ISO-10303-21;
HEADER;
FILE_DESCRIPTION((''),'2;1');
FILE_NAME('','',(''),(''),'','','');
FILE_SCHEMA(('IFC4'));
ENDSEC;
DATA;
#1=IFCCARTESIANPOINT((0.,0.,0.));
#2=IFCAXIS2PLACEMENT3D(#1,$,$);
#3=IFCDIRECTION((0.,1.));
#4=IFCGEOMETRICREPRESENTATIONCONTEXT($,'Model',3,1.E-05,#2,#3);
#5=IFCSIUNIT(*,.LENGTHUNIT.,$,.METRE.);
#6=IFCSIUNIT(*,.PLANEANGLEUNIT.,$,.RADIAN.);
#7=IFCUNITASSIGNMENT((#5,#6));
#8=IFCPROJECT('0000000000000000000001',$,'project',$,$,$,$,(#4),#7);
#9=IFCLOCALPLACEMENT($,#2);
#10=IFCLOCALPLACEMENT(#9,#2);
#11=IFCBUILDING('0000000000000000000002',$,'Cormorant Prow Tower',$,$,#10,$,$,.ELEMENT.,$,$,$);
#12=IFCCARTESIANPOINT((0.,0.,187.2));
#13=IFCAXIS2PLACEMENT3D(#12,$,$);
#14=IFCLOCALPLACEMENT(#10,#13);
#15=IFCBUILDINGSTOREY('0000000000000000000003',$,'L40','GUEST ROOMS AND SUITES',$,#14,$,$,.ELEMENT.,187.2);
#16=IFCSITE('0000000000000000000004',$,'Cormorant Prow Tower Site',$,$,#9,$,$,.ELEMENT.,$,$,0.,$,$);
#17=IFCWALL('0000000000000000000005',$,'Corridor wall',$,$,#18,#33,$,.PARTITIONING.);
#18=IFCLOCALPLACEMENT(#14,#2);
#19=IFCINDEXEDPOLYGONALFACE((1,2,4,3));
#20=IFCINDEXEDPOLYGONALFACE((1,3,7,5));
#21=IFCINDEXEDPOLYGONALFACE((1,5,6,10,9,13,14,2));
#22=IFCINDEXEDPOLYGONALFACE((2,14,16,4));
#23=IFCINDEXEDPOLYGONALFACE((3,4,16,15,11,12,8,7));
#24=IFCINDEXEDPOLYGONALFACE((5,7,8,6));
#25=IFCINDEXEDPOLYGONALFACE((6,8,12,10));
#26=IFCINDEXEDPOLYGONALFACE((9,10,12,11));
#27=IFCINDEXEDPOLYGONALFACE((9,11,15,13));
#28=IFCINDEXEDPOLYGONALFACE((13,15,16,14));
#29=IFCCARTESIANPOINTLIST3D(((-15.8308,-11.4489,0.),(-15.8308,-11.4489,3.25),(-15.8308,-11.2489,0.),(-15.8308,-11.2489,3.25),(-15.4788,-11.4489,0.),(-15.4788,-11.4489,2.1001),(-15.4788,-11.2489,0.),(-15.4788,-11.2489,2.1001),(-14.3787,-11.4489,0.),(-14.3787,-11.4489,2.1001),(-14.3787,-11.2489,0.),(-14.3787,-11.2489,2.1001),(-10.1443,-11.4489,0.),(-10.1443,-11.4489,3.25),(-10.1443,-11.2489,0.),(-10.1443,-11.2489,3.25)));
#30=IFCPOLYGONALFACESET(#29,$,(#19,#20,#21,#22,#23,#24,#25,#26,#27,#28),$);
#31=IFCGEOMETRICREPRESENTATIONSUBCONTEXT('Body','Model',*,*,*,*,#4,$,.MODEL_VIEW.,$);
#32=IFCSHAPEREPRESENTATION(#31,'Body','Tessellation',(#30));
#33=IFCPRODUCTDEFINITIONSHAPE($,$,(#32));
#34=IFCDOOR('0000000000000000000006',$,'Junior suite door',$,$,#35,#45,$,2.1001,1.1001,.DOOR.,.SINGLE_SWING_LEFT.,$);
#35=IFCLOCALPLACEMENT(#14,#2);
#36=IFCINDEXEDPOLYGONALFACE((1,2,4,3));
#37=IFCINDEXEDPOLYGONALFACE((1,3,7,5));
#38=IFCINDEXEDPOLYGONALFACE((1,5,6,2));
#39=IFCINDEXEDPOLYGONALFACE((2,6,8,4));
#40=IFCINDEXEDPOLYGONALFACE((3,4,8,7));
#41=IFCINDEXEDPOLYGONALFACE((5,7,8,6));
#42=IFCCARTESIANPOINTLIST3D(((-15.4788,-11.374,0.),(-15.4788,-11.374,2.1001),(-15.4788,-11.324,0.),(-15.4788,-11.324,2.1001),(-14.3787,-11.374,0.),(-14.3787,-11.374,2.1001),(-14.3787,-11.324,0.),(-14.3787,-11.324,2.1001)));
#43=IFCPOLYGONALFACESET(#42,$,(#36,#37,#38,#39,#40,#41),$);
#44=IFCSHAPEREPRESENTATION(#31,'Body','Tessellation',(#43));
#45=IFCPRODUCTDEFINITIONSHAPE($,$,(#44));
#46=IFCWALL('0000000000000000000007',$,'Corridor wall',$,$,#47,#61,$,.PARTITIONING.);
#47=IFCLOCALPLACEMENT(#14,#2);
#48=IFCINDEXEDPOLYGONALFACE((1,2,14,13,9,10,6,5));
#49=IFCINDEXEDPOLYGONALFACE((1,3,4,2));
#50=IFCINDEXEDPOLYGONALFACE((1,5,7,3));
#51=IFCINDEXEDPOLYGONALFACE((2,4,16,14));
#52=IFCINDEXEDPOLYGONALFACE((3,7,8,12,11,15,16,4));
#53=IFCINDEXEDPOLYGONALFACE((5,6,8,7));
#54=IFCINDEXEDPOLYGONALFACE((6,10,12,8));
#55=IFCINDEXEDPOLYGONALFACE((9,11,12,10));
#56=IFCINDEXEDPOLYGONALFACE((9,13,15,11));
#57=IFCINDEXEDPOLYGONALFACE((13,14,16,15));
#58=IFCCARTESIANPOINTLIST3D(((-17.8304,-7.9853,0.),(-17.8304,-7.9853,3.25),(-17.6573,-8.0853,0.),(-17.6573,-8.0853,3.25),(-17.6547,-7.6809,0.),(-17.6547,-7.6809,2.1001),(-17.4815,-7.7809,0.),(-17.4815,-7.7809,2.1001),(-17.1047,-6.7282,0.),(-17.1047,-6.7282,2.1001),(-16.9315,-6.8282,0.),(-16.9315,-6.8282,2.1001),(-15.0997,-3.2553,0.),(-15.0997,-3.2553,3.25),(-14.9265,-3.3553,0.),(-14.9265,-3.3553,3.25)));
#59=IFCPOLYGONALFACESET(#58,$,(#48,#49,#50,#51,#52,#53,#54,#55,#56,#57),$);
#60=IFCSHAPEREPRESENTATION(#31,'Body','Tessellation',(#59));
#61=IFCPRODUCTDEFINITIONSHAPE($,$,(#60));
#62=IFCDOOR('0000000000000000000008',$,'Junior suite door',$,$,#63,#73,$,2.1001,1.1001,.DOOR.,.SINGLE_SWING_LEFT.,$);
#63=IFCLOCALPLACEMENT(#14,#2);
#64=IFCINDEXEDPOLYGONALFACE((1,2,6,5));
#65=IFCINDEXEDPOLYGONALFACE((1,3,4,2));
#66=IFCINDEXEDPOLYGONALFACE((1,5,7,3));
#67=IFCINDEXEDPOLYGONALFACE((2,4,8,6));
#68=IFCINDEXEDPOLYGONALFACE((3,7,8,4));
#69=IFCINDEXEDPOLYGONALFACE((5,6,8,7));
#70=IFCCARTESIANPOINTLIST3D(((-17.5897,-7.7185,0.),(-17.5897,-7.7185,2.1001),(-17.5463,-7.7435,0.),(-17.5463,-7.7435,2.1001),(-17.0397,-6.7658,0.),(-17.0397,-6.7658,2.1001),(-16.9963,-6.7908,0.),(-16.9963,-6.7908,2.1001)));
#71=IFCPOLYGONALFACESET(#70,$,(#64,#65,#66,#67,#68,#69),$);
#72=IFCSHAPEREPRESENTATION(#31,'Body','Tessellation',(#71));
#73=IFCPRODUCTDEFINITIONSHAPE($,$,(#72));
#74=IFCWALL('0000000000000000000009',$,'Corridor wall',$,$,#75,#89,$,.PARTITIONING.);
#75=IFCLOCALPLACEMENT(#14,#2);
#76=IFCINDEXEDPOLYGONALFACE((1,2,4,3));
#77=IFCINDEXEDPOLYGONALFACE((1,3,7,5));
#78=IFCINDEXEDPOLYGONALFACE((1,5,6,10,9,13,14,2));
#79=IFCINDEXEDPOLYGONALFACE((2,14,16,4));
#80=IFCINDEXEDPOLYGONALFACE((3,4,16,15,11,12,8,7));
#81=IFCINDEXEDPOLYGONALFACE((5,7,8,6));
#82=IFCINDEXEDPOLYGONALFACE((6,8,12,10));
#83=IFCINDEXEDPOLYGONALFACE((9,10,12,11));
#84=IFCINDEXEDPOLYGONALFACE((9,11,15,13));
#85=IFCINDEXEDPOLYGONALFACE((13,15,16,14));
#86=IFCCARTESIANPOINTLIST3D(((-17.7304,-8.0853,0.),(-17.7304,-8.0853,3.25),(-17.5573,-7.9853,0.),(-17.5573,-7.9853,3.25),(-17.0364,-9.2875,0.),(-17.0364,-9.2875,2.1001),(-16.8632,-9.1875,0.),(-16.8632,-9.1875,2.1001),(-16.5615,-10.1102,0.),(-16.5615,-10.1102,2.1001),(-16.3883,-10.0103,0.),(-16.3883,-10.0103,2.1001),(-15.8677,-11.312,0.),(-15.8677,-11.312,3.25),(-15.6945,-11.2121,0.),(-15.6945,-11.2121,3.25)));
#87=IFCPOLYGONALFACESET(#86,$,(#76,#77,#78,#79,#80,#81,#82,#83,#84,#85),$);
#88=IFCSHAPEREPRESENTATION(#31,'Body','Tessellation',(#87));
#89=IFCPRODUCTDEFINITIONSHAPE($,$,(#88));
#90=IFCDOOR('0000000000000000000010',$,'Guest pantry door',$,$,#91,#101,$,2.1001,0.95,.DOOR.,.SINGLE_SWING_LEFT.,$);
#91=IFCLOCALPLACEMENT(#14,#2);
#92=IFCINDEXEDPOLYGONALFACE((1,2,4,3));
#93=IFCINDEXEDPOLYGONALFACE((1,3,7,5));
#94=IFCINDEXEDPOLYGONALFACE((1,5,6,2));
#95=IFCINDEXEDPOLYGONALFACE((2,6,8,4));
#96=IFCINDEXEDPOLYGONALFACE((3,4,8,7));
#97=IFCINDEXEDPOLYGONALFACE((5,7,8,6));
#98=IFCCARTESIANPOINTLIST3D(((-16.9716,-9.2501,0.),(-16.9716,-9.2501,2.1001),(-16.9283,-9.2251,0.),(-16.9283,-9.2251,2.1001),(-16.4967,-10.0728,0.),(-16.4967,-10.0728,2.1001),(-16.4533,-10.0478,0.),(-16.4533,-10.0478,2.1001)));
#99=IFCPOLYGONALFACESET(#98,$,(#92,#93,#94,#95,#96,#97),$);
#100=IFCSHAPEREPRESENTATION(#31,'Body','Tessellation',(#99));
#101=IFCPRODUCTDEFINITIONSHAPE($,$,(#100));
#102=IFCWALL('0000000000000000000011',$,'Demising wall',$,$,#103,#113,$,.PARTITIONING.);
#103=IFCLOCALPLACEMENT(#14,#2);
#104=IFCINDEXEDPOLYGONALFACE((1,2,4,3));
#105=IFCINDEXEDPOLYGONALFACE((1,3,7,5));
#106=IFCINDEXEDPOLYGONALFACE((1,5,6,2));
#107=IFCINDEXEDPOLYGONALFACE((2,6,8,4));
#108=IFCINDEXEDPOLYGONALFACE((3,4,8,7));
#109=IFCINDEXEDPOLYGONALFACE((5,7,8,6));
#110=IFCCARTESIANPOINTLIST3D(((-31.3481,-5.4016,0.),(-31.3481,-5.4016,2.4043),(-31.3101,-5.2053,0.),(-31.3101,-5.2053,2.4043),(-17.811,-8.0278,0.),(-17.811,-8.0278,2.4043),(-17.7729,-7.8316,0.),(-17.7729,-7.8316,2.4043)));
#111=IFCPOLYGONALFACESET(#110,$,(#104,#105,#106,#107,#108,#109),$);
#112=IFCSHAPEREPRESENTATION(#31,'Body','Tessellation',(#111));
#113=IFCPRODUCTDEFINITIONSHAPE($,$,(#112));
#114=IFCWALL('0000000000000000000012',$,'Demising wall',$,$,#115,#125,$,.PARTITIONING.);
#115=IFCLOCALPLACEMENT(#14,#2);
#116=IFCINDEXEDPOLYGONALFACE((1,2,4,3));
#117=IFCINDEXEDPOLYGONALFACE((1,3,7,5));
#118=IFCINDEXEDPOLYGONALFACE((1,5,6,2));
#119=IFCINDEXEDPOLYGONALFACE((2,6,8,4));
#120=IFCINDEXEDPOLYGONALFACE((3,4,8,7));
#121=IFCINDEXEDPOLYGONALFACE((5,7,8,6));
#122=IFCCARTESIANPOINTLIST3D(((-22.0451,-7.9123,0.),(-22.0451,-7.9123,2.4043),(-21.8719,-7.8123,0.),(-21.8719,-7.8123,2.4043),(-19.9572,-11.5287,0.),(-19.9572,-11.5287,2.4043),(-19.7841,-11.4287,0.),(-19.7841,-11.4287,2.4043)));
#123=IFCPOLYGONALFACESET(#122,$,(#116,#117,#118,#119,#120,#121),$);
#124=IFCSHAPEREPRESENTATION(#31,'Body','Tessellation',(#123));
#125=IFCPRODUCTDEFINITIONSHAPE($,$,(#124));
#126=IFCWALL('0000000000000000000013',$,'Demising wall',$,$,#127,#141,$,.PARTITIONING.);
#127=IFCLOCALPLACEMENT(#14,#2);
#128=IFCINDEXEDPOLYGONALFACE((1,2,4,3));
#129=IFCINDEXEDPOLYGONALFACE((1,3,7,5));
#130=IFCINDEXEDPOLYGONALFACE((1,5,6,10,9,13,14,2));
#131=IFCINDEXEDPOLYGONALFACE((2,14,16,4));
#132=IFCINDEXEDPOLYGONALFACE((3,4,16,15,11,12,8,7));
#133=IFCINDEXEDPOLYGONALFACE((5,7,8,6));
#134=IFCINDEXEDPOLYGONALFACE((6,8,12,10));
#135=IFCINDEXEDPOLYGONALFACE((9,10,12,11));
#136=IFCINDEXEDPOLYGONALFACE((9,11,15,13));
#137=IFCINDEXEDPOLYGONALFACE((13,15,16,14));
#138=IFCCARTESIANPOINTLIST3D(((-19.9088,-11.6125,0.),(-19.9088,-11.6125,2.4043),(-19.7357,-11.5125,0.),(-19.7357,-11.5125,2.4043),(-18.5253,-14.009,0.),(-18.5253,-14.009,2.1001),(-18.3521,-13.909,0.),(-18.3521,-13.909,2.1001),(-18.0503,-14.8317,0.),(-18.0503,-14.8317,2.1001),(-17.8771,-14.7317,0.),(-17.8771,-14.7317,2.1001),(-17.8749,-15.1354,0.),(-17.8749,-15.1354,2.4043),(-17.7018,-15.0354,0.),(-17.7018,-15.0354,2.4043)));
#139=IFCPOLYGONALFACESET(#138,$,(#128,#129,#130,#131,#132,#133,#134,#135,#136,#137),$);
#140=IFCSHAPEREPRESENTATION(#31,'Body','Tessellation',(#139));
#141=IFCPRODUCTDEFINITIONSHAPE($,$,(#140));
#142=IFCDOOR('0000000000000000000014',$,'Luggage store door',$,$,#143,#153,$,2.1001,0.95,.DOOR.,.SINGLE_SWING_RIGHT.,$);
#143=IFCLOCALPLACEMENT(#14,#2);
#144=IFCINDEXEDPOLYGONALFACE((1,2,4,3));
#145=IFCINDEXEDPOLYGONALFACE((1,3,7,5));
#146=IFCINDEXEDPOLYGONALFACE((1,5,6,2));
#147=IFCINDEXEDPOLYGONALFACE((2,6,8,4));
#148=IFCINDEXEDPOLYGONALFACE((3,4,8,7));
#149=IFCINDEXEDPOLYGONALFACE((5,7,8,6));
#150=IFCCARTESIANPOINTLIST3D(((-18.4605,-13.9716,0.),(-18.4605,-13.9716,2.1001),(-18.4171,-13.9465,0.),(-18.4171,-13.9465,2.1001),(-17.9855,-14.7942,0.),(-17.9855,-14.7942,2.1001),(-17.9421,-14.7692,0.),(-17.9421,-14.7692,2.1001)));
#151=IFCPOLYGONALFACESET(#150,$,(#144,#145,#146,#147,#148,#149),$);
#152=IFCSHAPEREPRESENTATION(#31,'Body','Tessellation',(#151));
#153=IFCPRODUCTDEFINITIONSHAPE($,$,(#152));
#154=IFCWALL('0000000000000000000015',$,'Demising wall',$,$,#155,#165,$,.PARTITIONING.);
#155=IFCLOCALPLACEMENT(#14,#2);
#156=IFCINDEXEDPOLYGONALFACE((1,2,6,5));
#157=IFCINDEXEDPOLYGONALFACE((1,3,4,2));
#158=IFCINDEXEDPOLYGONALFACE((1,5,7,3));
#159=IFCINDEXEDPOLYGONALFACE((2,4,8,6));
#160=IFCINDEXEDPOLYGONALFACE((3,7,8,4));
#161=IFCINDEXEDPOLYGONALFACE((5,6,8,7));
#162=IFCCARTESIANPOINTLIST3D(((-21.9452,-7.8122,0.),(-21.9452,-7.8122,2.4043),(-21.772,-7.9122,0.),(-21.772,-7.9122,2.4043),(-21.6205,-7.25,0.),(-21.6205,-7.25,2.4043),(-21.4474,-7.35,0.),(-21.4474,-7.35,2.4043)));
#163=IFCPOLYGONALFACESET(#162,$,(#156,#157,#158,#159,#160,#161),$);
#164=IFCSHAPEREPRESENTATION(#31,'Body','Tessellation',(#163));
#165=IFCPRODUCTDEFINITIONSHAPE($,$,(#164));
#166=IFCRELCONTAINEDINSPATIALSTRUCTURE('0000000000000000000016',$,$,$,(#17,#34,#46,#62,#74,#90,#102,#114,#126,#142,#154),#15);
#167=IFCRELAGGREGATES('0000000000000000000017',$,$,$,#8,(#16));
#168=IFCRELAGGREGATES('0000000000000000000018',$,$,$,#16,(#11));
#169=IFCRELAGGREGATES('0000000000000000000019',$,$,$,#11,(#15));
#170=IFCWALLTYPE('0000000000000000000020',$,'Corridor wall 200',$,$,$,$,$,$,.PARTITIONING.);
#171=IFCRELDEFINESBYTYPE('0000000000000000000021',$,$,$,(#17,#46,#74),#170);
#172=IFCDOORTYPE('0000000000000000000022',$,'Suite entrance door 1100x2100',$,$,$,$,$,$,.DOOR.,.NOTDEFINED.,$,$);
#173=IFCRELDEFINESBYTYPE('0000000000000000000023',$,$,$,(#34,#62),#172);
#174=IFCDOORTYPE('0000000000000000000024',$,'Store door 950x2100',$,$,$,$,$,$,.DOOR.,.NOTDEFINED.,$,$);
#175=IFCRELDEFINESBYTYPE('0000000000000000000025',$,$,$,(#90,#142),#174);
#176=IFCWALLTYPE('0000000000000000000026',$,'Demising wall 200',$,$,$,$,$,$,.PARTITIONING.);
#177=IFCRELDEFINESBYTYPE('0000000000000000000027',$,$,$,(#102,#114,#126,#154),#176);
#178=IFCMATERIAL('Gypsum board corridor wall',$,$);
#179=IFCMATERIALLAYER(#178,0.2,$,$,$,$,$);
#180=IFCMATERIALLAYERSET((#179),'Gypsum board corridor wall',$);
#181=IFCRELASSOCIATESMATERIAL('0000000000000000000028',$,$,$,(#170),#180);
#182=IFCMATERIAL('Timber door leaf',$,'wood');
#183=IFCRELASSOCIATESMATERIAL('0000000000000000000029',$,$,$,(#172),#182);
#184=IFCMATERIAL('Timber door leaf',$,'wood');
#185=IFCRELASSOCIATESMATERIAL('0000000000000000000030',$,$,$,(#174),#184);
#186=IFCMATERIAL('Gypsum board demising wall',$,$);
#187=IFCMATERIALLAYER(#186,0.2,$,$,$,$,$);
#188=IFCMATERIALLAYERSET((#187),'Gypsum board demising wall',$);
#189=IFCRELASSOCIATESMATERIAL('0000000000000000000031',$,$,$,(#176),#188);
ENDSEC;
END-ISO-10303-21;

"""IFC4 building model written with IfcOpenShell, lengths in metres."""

from ifc_helpers import new_model, si_unit, direction, frame, frame_2d, origin, place, context, subcontext, project, spatial, rectangle, extrude, material, layer, layer_set, type_object, element, fill, save


model = new_model("IFC4")

# Units and contexts
model_context = context("Model", 3, precision=1e-05, world=origin(), true_north=direction((0.0, 1.0)))
body_context = subcontext(model_context, "Body", "Model", "MODEL_VIEW")
ifc_project = project(units=[si_unit("LENGTHUNIT", "METRE"), si_unit("PLANEANGLEUNIT", "RADIAN")], contexts=[model_context])

# Site, building, storey
site_placement = place(None, origin())
site = spatial("IfcSite", under=ifc_project, at=site_placement, Name="Cormorant Prow Tower Site", CompositionType="ELEMENT", RefElevation=0.0)
building_placement = place(site_placement, origin())
building = spatial("IfcBuilding", under=site, at=building_placement, Name="Cormorant Prow Tower", CompositionType="ELEMENT")
storey_placement = place(building_placement, frame((0.0, 0.0, 187.2)))
storey = spatial("IfcBuildingStorey", under=building, at=storey_placement, Name="L40", Description="GUEST ROOMS AND SUITES", CompositionType="ELEMENT", Elevation=187.2)

# Walls, openings, doors
ifc_material_1 = material(Name="Gypsum board corridor wall")
ifc_layer_1 = layer(ifc_material_1, 0.2)
ifc_layer_set_1 = layer_set([ifc_layer_1], Name="Gypsum board corridor wall")
wall_type_1 = type_object("IfcWallType", Name="Corridor wall 200", PredefinedType="PARTITIONING", material=ifc_layer_set_1)
wall_1_placement = place(storey_placement, frame((-15.8308, -11.3489, 0.0), z_axis=(0.0, 0.0, 1.0), x_axis=(1.0, 0.0, 0.0)))
wall_1 = element("IfcWall", 1, at=wall_1_placement, inside=storey, type_object=wall_type_1, Name="Corridor wall", PredefinedType="PARTITIONING", context=body_context, shape_type="SweptSolid", body=[
    extrude(rectangle(XDim=5.6865, YDim=0.2, at=frame_2d((2.8433, 0.0))), origin(), (0.0, 0.0, 1.0), 3.25),
])
opening_1_placement = place(wall_1_placement, frame((0.3521, 0.0, 0.0)))
opening_1 = element("IfcOpeningElement", 2, at=opening_1_placement, cuts=wall_1, PredefinedType="OPENING", context=body_context, shape_type="SweptSolid", body=[
    extrude(rectangle(XDim=1.1001, YDim=2.1001, at=frame_2d((0.55, 1.05))), frame((0.0, 0.1099, 0.0), z_axis=(0.0, -1.0, 0.0), x_axis=(1.0, 0.0, 0.0)), (0.0, 0.0, 1.0), 0.22),
])
ifc_material_2 = material(Name="Timber door leaf", Category="wood")
door_type_1 = type_object("IfcDoorType", Name="Suite entrance door 1100x2100", OperationType="NOTDEFINED", PredefinedType="DOOR", material=ifc_material_2)
door_1_placement = place(opening_1_placement, origin())
door_1 = element("IfcDoor", 3, at=door_1_placement, inside=storey, type_object=door_type_1, Name="Junior suite door", OperationType="SINGLE_SWING_LEFT", OverallHeight=2.1001, OverallWidth=1.1001, PredefinedType="DOOR", context=body_context, shape_type="SweptSolid", body=[
    extrude(rectangle(XDim=1.1001, YDim=2.1001, at=frame_2d((0.55, 1.05))), frame((0.0, 0.0249, 0.0), z_axis=(0.0, -1.0, 0.0), x_axis=(1.0, 0.0, 0.0)), (0.0, 0.0, 1.0), 0.05),
])
fill(opening_1, door_1)
wall_2_placement = place(storey_placement, frame((-17.7439, -8.0354, 0.0), z_axis=(0.0, 0.0, 1.0), x_axis=(0.49998, 0.866037, 0.0)))
wall_2 = element("IfcWall", 4, at=wall_2_placement, inside=storey, type_object=wall_type_1, Name="Corridor wall", PredefinedType="PARTITIONING", context=body_context, shape_type="SweptSolid", body=[
    extrude(rectangle(XDim=5.4617, YDim=0.2, at=frame_2d((2.731, 0.0))), origin(), (0.0, 0.0, 1.0), 3.25),
])
opening_2_placement = place(wall_2_placement, frame((0.3516, 0.0, 0.0)))
opening_2 = element("IfcOpeningElement", 5, at=opening_2_placement, cuts=wall_2, PredefinedType="OPENING", context=body_context, shape_type="SweptSolid", body=[
    extrude(rectangle(XDim=1.1001, YDim=2.1001, at=frame_2d((0.55, 1.05))), frame((0.0, 0.1099, 0.0), z_axis=(0.0, -1.0, 0.0), x_axis=(1.0, 0.0, 0.0)), (0.0, 0.0, 1.0), 0.22),
])
door_2_placement = place(opening_2_placement, origin())
door_2 = element("IfcDoor", 6, at=door_2_placement, inside=storey, type_object=door_type_1, Name="Junior suite door", OperationType="SINGLE_SWING_LEFT", OverallHeight=2.1001, OverallWidth=1.1001, PredefinedType="DOOR", context=body_context, shape_type="SweptSolid", body=[
    extrude(rectangle(XDim=1.1001, YDim=2.1001, at=frame_2d((0.55, 1.05))), frame((0.0, 0.0249, 0.0), z_axis=(0.0, -1.0, 0.0), x_axis=(1.0, 0.0, 0.0)), (0.0, 0.0, 1.0), 0.05),
])
fill(opening_2, door_2)
wall_3_placement = place(storey_placement, frame((-17.6438, -8.0354, 0.0), z_axis=(0.0, 0.0, 1.0), x_axis=(0.499959, -0.866049, 0.0)))
wall_3 = element("IfcWall", 7, at=wall_3_placement, inside=storey, type_object=wall_type_1, Name="Corridor wall", PredefinedType="PARTITIONING", context=body_context, shape_type="SweptSolid", body=[
    extrude(rectangle(XDim=3.7258, YDim=0.2, at=frame_2d((1.8628, 0.0))), origin(), (0.0, 0.0, 1.0), 3.25),
])
opening_3_placement = place(wall_3_placement, frame((1.3879, 0.0, 0.0)))
opening_3 = element("IfcOpeningElement", 8, at=opening_3_placement, cuts=wall_3, PredefinedType="OPENING", context=body_context, shape_type="SweptSolid", body=[
    extrude(rectangle(XDim=0.95, YDim=2.1001, at=frame_2d((0.4751, 1.05))), frame((0.0, 0.1099, 0.0), z_axis=(0.0, -1.0, 0.0), x_axis=(1.0, 0.0, 0.0)), (0.0, 0.0, 1.0), 0.22),
])
ifc_material_3 = material(Name="Timber door leaf", Category="wood")
door_type_2 = type_object("IfcDoorType", Name="Store door 950x2100", OperationType="NOTDEFINED", PredefinedType="DOOR", material=ifc_material_3)
door_3_placement = place(opening_3_placement, origin())
door_3 = element("IfcDoor", 9, at=door_3_placement, inside=storey, type_object=door_type_2, Name="Guest pantry door", OperationType="SINGLE_SWING_LEFT", OverallHeight=2.1001, OverallWidth=0.95, PredefinedType="DOOR", context=body_context, shape_type="SweptSolid", body=[
    extrude(rectangle(XDim=0.95, YDim=2.1001, at=frame_2d((0.4751, 1.05))), frame((0.0, 0.0249, 0.0), z_axis=(0.0, -1.0, 0.0), x_axis=(1.0, 0.0, 0.0)), (0.0, 0.0, 1.0), 0.05),
])
fill(opening_3, door_3)

# Walls
ifc_material_4 = material(Name="Gypsum board demising wall")
ifc_layer_2 = layer(ifc_material_4, 0.2)
ifc_layer_set_2 = layer_set([ifc_layer_2], Name="Gypsum board demising wall")
wall_type_2 = type_object("IfcWallType", Name="Demising wall 200", PredefinedType="PARTITIONING", material=ifc_layer_set_2)
wall_4_placement = place(storey_placement, frame((-31.3291, -5.3035, 0.0), z_axis=(0.0, 0.0, 1.0), x_axis=(0.981697, -0.190451, 0.0)))
element("IfcWall", 10, at=wall_4_placement, inside=storey, type_object=wall_type_2, Name="Demising wall", PredefinedType="PARTITIONING", context=body_context, shape_type="SweptSolid", body=[
    extrude(rectangle(XDim=13.7896, YDim=0.2, at=frame_2d((6.8948, 0.0))), origin(), (0.0, 0.0, 1.0), 2.4043),
])
wall_5_placement = place(storey_placement, frame((-21.9585, -7.8623, 0.0), z_axis=(0.0, 0.0, 1.0), x_axis=(0.499987, -0.866033, 0.0)))
element("IfcWall", 11, at=wall_5_placement, inside=storey, type_object=wall_type_2, Name="Demising wall", PredefinedType="PARTITIONING", context=body_context, shape_type="SweptSolid", body=[
    extrude(rectangle(XDim=4.1758, YDim=0.2, at=frame_2d((2.0879, 0.0))), origin(), (0.0, 0.0, 1.0), 2.4043),
])

# Wall, opening, door
wall_6_placement = place(storey_placement, frame((-19.8223, -11.5625, 0.0), z_axis=(0.0, 0.0, 1.0), x_axis=(0.499993, -0.86603, 0.0)))
wall_6 = element("IfcWall", 12, at=wall_6_placement, inside=storey, type_object=wall_type_2, Name="Demising wall", PredefinedType="PARTITIONING", context=body_context, shape_type="SweptSolid", body=[
    extrude(rectangle(XDim=4.0679, YDim=0.2, at=frame_2d((2.0339, 0.0))), origin(), (0.0, 0.0, 1.0), 2.4043),
])
opening_4_placement = place(wall_6_placement, frame((2.7671, 0.0, 0.0)))
opening_4 = element("IfcOpeningElement", 13, at=opening_4_placement, cuts=wall_6, PredefinedType="OPENING", context=body_context, shape_type="SweptSolid", body=[
    extrude(rectangle(XDim=0.95, YDim=2.1001, at=frame_2d((0.4751, 1.05))), frame((0.0, 0.1099, 0.0), z_axis=(0.0, -1.0, 0.0), x_axis=(1.0, 0.0, 0.0)), (0.0, 0.0, 1.0), 0.22),
])
door_4_placement = place(opening_4_placement, origin())
door_4 = element("IfcDoor", 14, at=door_4_placement, inside=storey, type_object=door_type_2, Name="Luggage store door", OperationType="SINGLE_SWING_RIGHT", OverallHeight=2.1001, OverallWidth=0.95, PredefinedType="DOOR", context=body_context, shape_type="SweptSolid", body=[
    extrude(rectangle(XDim=0.95, YDim=2.1001, at=frame_2d((0.4751, 1.05))), frame((0.0, 0.0249, 0.0), z_axis=(0.0, -1.0, 0.0), x_axis=(1.0, 0.0, 0.0)), (0.0, 0.0, 1.0), 0.05),
])
fill(opening_4, door_4)

# Wall
wall_7_placement = place(storey_placement, frame((-21.8586, -7.8623, 0.0), z_axis=(0.0, 0.0, 1.0), x_axis=(0.500102, 0.865966, 0.0)))
element("IfcWall", 15, at=wall_7_placement, inside=storey, type_object=wall_type_2, Name="Demising wall", PredefinedType="PARTITIONING", context=body_context, shape_type="SweptSolid", body=[
    extrude(rectangle(XDim=0.6492, YDim=0.2, at=frame_2d((0.3247, 0.0))), origin(), (0.0, 0.0, 1.0), 2.4043),
])

save(model, "model.ifc")
